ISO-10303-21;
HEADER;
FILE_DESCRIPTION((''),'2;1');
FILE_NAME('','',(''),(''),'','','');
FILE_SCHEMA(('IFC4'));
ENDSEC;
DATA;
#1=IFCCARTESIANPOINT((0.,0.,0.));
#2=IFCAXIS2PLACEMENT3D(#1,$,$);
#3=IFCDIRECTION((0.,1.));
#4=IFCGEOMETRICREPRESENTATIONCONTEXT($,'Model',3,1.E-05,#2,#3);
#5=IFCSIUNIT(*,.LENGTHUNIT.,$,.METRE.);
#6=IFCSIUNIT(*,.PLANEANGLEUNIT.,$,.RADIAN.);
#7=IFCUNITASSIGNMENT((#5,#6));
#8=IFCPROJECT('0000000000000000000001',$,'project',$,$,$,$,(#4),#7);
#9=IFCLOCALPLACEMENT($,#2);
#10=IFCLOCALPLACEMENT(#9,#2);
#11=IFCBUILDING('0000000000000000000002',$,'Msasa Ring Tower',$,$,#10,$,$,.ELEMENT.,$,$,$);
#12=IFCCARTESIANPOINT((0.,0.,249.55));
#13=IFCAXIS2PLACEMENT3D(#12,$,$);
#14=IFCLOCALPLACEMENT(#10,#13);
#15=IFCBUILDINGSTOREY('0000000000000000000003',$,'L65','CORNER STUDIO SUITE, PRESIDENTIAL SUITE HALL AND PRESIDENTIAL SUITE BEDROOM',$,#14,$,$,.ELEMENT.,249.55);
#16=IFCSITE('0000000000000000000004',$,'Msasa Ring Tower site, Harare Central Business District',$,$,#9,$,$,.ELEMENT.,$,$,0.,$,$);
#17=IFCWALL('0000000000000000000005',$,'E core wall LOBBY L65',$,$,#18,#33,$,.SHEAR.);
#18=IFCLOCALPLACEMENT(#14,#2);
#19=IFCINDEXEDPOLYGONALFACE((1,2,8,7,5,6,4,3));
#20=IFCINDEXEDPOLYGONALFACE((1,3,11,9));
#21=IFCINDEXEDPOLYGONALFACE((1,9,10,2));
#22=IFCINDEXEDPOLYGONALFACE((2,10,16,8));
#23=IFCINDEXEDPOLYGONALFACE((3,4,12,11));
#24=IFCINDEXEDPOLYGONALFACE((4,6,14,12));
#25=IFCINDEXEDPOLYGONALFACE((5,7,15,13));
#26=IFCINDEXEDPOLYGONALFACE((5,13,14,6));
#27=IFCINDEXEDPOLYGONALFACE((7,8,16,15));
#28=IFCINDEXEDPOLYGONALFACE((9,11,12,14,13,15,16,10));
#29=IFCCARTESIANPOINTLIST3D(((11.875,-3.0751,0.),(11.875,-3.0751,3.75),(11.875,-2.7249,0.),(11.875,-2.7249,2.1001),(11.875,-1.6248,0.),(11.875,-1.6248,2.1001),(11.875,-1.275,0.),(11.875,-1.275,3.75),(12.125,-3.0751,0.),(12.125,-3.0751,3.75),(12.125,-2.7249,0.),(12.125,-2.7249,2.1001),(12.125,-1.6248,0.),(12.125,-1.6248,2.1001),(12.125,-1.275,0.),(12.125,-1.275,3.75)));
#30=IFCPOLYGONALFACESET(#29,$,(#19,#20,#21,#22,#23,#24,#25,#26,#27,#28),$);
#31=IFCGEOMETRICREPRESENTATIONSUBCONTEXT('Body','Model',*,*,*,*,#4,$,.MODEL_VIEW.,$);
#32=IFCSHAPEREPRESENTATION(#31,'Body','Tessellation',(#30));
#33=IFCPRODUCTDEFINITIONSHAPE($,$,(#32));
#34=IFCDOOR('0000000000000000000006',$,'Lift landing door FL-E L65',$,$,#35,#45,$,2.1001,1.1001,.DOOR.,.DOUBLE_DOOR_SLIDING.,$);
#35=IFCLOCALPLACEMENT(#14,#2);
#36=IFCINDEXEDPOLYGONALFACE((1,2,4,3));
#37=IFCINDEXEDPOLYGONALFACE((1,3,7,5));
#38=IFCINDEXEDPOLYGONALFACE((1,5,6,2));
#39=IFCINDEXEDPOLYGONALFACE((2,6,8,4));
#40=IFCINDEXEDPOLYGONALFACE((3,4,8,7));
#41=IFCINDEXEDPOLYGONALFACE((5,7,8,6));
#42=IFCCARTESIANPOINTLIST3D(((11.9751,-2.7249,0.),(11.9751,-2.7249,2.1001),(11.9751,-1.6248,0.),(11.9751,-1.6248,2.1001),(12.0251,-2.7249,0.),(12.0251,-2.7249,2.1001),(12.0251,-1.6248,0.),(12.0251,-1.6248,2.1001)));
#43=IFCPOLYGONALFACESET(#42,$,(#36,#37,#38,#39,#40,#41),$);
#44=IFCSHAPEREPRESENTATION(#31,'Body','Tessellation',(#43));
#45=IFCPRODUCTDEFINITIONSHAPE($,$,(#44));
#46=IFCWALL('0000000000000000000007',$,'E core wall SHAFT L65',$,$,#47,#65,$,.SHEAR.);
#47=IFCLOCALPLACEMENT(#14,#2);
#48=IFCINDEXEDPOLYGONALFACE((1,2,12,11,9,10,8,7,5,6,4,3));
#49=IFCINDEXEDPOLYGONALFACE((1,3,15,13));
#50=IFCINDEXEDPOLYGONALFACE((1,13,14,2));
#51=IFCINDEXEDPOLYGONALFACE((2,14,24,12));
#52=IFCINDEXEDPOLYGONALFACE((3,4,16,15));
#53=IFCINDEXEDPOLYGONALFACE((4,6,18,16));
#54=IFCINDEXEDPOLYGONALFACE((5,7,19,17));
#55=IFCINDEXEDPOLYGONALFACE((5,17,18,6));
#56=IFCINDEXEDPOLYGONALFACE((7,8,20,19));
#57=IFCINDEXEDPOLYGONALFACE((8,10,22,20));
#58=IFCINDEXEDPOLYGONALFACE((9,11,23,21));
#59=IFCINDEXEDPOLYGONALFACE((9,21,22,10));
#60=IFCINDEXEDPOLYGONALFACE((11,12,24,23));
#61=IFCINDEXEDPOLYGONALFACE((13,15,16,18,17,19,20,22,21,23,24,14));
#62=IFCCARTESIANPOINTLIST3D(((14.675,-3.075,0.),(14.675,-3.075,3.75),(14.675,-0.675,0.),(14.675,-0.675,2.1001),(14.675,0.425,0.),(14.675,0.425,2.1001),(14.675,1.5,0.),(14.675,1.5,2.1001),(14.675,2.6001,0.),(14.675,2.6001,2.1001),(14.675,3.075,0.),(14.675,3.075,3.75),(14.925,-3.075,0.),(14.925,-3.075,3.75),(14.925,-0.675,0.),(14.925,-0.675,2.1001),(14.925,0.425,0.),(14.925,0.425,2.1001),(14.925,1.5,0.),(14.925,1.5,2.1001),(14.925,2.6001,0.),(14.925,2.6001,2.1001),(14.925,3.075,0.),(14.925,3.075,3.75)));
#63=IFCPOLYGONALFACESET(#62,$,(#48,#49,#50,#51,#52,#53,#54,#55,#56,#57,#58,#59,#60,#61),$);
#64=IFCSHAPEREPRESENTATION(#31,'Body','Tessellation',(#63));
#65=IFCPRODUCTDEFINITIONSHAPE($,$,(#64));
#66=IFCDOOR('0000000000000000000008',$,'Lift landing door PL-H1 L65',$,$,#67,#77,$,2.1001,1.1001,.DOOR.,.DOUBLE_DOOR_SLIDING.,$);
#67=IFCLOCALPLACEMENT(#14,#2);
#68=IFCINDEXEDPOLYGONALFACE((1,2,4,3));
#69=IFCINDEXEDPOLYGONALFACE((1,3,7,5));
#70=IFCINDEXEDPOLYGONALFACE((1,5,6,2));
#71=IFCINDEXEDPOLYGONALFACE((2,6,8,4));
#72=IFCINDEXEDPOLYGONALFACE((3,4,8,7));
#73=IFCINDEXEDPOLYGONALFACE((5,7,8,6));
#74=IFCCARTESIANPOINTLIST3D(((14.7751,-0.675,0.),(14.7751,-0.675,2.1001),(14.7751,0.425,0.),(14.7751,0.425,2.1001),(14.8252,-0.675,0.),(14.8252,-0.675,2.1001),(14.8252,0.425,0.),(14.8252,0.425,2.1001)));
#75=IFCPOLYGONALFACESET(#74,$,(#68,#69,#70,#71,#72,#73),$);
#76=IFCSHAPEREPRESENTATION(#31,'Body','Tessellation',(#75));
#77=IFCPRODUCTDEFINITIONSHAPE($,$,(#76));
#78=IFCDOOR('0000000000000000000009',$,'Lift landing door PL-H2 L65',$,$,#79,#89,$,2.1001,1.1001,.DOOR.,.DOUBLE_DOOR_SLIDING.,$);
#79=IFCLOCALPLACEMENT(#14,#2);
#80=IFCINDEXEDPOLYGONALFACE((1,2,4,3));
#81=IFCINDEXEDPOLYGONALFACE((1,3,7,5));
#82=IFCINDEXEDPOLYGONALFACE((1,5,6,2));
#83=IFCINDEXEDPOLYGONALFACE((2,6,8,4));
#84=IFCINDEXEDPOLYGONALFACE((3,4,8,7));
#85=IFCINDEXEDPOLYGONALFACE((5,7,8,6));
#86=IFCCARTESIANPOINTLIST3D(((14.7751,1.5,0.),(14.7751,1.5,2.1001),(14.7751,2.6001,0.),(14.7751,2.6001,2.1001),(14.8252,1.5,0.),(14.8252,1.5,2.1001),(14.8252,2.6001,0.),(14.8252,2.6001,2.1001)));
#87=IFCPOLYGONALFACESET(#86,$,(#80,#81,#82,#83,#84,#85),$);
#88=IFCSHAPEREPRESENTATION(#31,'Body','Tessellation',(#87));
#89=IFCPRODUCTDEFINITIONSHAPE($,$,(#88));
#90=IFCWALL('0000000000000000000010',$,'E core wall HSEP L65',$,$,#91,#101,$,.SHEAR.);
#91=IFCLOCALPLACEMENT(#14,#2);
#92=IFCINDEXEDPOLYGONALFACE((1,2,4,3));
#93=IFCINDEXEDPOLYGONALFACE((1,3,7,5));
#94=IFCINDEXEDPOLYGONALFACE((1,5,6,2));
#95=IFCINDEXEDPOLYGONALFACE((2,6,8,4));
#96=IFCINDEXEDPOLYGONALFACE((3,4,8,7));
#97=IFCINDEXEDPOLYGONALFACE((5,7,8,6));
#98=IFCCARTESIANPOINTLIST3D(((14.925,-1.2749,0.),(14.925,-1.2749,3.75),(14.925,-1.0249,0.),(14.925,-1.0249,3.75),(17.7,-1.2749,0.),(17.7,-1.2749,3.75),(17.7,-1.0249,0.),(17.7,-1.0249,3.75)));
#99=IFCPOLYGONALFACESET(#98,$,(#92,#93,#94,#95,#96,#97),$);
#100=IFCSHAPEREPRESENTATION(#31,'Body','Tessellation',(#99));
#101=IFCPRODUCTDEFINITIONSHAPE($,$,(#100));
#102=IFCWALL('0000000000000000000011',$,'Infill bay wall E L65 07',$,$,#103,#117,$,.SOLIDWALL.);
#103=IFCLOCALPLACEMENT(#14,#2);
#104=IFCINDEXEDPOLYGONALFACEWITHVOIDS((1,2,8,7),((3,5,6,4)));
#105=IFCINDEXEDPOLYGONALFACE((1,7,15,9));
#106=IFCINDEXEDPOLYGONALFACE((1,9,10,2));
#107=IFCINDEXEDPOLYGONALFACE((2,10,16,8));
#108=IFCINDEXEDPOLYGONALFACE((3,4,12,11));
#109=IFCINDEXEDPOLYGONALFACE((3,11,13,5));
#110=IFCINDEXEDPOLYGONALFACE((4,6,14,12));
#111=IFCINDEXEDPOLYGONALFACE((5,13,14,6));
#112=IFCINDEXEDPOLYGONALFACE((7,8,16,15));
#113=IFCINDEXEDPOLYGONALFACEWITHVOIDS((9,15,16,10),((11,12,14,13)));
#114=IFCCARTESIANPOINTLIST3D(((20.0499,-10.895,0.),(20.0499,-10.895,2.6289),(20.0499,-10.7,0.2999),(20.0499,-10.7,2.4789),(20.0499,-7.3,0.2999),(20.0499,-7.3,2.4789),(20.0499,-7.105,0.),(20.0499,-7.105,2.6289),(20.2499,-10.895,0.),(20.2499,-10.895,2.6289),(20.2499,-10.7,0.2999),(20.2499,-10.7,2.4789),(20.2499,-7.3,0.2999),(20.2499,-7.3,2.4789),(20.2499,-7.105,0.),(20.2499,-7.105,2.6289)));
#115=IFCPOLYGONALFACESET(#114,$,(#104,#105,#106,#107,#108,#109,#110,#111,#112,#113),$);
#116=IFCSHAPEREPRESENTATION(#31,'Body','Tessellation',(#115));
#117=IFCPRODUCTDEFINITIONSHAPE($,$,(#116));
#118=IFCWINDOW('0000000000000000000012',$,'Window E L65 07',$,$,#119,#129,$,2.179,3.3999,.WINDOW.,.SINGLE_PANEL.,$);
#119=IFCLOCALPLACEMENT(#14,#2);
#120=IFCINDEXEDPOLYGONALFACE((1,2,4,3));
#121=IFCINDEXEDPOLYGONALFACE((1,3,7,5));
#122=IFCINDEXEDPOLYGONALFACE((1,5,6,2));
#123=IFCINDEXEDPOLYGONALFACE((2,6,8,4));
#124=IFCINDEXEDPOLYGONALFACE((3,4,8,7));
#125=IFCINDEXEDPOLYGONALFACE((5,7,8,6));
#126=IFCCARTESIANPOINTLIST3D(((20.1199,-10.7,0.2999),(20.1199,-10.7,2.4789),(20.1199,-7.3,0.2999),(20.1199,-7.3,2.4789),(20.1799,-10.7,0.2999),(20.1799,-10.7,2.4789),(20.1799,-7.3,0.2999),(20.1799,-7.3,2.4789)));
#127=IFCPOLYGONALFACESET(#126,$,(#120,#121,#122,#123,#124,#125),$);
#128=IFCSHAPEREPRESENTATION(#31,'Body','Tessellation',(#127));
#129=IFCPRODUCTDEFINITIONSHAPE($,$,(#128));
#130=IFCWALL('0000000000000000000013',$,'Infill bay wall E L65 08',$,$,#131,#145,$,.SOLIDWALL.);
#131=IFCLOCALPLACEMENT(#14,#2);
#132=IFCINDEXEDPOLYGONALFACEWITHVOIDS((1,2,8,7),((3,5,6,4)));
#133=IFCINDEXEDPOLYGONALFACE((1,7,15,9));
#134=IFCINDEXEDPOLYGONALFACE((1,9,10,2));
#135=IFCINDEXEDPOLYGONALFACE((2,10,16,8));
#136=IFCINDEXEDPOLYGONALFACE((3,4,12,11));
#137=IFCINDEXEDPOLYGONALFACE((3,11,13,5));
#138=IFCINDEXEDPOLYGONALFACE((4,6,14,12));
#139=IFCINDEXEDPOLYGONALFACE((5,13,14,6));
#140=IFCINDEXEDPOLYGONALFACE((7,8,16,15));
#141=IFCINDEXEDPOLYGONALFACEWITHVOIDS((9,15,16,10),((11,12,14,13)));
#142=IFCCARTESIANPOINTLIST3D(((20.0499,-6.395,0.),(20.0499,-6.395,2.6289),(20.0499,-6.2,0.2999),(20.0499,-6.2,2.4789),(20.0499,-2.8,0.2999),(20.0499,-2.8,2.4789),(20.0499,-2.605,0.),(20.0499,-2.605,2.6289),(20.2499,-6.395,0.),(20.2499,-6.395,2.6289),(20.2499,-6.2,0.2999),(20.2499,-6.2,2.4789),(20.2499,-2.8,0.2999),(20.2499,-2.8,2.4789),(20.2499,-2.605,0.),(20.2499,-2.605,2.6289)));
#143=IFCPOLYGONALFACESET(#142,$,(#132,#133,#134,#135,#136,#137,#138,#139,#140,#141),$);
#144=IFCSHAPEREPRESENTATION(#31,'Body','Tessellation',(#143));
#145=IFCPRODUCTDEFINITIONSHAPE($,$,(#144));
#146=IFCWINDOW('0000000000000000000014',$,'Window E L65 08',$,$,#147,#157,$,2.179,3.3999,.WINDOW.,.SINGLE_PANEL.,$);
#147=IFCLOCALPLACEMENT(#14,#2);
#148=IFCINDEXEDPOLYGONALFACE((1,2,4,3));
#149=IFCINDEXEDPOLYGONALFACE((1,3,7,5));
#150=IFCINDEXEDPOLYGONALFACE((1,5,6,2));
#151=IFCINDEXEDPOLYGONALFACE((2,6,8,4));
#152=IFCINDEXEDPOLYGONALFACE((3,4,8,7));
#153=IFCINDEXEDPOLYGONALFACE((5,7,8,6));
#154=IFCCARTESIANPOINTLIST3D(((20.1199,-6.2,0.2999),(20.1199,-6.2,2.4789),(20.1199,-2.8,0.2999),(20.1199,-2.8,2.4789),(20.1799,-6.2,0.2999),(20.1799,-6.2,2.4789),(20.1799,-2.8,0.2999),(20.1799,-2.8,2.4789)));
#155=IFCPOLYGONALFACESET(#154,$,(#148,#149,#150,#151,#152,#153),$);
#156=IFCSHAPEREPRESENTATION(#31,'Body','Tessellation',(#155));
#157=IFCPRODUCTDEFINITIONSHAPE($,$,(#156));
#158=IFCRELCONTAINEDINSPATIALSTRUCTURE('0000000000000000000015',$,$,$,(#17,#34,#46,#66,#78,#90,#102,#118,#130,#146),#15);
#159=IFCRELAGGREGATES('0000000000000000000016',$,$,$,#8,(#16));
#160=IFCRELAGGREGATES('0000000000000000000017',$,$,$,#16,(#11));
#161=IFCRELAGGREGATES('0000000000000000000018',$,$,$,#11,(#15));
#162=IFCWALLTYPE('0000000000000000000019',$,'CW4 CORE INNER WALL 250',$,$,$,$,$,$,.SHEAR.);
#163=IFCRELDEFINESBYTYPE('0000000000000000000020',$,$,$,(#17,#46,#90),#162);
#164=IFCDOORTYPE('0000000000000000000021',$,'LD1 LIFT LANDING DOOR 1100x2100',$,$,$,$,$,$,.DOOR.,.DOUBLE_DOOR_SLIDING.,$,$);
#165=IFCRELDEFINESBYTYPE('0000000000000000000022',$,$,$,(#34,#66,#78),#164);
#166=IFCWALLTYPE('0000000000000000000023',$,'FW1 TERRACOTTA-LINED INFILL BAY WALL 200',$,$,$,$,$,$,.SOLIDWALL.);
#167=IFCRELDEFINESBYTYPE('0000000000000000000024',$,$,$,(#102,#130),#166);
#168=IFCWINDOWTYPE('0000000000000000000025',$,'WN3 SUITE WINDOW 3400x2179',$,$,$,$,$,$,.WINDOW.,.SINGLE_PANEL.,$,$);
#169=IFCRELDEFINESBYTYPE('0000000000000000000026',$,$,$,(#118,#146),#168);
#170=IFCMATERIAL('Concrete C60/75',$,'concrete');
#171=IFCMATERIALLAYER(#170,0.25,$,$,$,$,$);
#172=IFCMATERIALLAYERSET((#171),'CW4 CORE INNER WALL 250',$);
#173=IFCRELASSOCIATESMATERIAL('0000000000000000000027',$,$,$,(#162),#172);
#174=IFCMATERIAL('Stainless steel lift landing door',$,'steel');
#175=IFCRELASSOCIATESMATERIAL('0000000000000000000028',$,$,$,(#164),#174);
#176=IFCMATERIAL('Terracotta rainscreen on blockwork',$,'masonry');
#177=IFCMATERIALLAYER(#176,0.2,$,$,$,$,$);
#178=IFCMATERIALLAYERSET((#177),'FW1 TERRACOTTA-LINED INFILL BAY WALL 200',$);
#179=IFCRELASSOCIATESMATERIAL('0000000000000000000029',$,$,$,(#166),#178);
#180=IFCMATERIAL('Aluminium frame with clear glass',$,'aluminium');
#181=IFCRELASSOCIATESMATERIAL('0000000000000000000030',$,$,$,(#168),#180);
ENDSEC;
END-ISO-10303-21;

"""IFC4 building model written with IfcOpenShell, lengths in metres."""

from ifc_helpers import new_model, si_unit, direction, frame, frame_2d, origin, place, context, subcontext, project, spatial, rectangle, extrude, material, layer, layer_set, type_object, element, fill, save


model = new_model("IFC4")

# Units and contexts
model_context = context("Model", 3, precision=1e-05, world=origin(), true_north=direction((0.0, 1.0)))
body_context = subcontext(model_context, "Body", "Model", "MODEL_VIEW")
ifc_project = project(units=[si_unit("LENGTHUNIT", "METRE"), si_unit("PLANEANGLEUNIT", "RADIAN")], contexts=[model_context])

# Site, building, storey
site_placement = place(None, origin())
site = spatial("IfcSite", under=ifc_project, at=site_placement, Name="Msasa Ring Tower site, Harare Central Business District", CompositionType="ELEMENT", RefElevation=0.0)
building_placement = place(site_placement, origin())
building = spatial("IfcBuilding", under=site, at=building_placement, Name="Msasa Ring Tower", CompositionType="ELEMENT")
storey_placement = place(building_placement, frame((0.0, 0.0, 249.55)))
storey = spatial("IfcBuildingStorey", under=building, at=storey_placement, Name="L65", Description="CORNER STUDIO SUITE, PRESIDENTIAL SUITE HALL AND PRESIDENTIAL SUITE BEDROOM", CompositionType="ELEMENT", Elevation=249.55)

# Shared definitions
ifc_material_1 = material(Name="Concrete C60/75", Category="concrete")
ifc_layer_1 = layer(ifc_material_1, 0.25)
ifc_layer_set_1 = layer_set([ifc_layer_1], Name="CW4 CORE INNER WALL 250")
wall_type_1 = type_object("IfcWallType", Name="CW4 CORE INNER WALL 250", PredefinedType="SHEAR", material=ifc_layer_set_1)

# Wall, opening, door
wall_1_placement = place(storey_placement, frame((12.0, -3.075, 0.0), z_axis=(0.0, 0.0, 1.0), x_axis=(0.0, 1.0, 0.0)))
wall_1 = element("IfcWall", 1, at=wall_1_placement, inside=storey, type_object=wall_type_1, Name="E core wall LOBBY L65", PredefinedType="SHEAR", context=body_context, shape_type="SweptSolid", body=[
    extrude(rectangle(XDim=1.8, YDim=0.25, at=frame_2d((0.8999, 0.0))), origin(), (0.0, 0.0, 1.0), 3.75),
])
opening_1_placement = place(wall_1_placement, frame((0.3501, 0.0, 0.0)))
opening_1 = element("IfcOpeningElement", 2, at=opening_1_placement, cuts=wall_1, PredefinedType="OPENING", context=body_context, shape_type="SweptSolid", body=[
    extrude(rectangle(XDim=1.1001, YDim=2.1001, at=frame_2d((0.55, 1.05))), frame((0.0, 0.135, 0.0), z_axis=(0.0, -1.0, 0.0), x_axis=(1.0, 0.0, 0.0)), (0.0, 0.0, 1.0), 0.27),
])
ifc_material_2 = material(Name="Stainless steel lift landing door", Category="steel")
door_type_1 = type_object("IfcDoorType", Name="LD1 LIFT LANDING DOOR 1100x2100", OperationType="DOUBLE_DOOR_SLIDING", PredefinedType="DOOR", material=ifc_material_2)
door_1_placement = place(opening_1_placement, origin())
door_1 = element("IfcDoor", 3, at=door_1_placement, inside=storey, type_object=door_type_1, Name="Lift landing door FL-E L65", OperationType="DOUBLE_DOOR_SLIDING", OverallHeight=2.1001, OverallWidth=1.1001, PredefinedType="DOOR", context=body_context, shape_type="SweptSolid", body=[
    extrude(rectangle(XDim=1.1001, YDim=2.1001, at=frame_2d((0.55, 1.05))), frame((0.0, 0.0249, 0.0), z_axis=(0.0, -1.0, 0.0), x_axis=(1.0, 0.0, 0.0)), (0.0, 0.0, 1.0), 0.05),
])
fill(opening_1, door_1)

# Wall, openings, doors
wall_2_placement = place(storey_placement, frame((14.8, -3.075, 0.0), z_axis=(0.0, 0.0, 1.0), x_axis=(0.0, 1.0, 0.0)))
wall_2 = element("IfcWall", 4, at=wall_2_placement, inside=storey, type_object=wall_type_1, Name="E core wall SHAFT L65", PredefinedType="SHEAR", context=body_context, shape_type="SweptSolid", body=[
    extrude(rectangle(XDim=6.1499, YDim=0.25, at=frame_2d((3.075, 0.0))), origin(), (0.0, 0.0, 1.0), 3.75),
])
opening_2_placement = place(wall_2_placement, frame((2.3999, 0.0, 0.0)))
opening_2 = element("IfcOpeningElement", 5, at=opening_2_placement, cuts=wall_2, PredefinedType="OPENING", context=body_context, shape_type="SweptSolid", body=[
    extrude(rectangle(XDim=1.1001, YDim=2.1001, at=frame_2d((0.55, 1.05))), frame((0.0, 0.135, 0.0), z_axis=(0.0, -1.0, 0.0), x_axis=(1.0, 0.0, 0.0)), (0.0, 0.0, 1.0), 0.27),
])
opening_3_placement = place(wall_2_placement, frame((4.575, 0.0, 0.0)))
opening_3 = element("IfcOpeningElement", 6, at=opening_3_placement, cuts=wall_2, PredefinedType="OPENING", context=body_context, shape_type="SweptSolid", body=[
    extrude(rectangle(XDim=1.1001, YDim=2.1001, at=frame_2d((0.55, 1.05))), frame((0.0, 0.135, 0.0), z_axis=(0.0, -1.0, 0.0), x_axis=(1.0, 0.0, 0.0)), (0.0, 0.0, 1.0), 0.27),
])
door_2_placement = place(opening_2_placement, origin())
door_2 = element("IfcDoor", 7, at=door_2_placement, inside=storey, type_object=door_type_1, Name="Lift landing door PL-H1 L65", OperationType="DOUBLE_DOOR_SLIDING", OverallHeight=2.1001, OverallWidth=1.1001, PredefinedType="DOOR", context=body_context, shape_type="SweptSolid", body=[
    extrude(rectangle(XDim=1.1001, YDim=2.1001, at=frame_2d((0.55, 1.05))), frame((0.0, 0.0249, 0.0), z_axis=(0.0, -1.0, 0.0), x_axis=(1.0, 0.0, 0.0)), (0.0, 0.0, 1.0), 0.05),
])
fill(opening_2, door_2)
door_3_placement = place(opening_3_placement, origin())
door_3 = element("IfcDoor", 8, at=door_3_placement, inside=storey, type_object=door_type_1, Name="Lift landing door PL-H2 L65", OperationType="DOUBLE_DOOR_SLIDING", OverallHeight=2.1001, OverallWidth=1.1001, PredefinedType="DOOR", context=body_context, shape_type="SweptSolid", body=[
    extrude(rectangle(XDim=1.1001, YDim=2.1001, at=frame_2d((0.55, 1.05))), frame((0.0, 0.0249, 0.0), z_axis=(0.0, -1.0, 0.0), x_axis=(1.0, 0.0, 0.0)), (0.0, 0.0, 1.0), 0.05),
])
fill(opening_3, door_3)

# Wall
wall_3_placement = place(storey_placement, frame((14.925, -1.1499, 0.0), z_axis=(0.0, 0.0, 1.0), x_axis=(1.0, 0.0, 0.0)))
element("IfcWall", 9, at=wall_3_placement, inside=storey, type_object=wall_type_1, Name="E core wall HSEP L65", PredefinedType="SHEAR", context=body_context, shape_type="SweptSolid", body=[
    extrude(rectangle(XDim=2.7749, YDim=0.25, at=frame_2d((1.3875, 0.0))), origin(), (0.0, 0.0, 1.0), 3.75),
])

# Walls, openings, windows
ifc_material_3 = material(Name="Terracotta rainscreen on blockwork", Category="masonry")
ifc_layer_2 = layer(ifc_material_3, 0.2)
ifc_layer_set_2 = layer_set([ifc_layer_2], Name="FW1 TERRACOTTA-LINED INFILL BAY WALL 200")
wall_type_2 = type_object("IfcWallType", Name="FW1 TERRACOTTA-LINED INFILL BAY WALL 200", PredefinedType="SOLIDWALL", material=ifc_layer_set_2)
wall_4_placement = place(storey_placement, frame((20.1499, -10.895, 0.0), z_axis=(0.0, 0.0, 1.0), x_axis=(0.0, 1.0, 0.0)))
wall_4 = element("IfcWall", 10, at=wall_4_placement, inside=storey, type_object=wall_type_2, Name="Infill bay wall E L65 07", PredefinedType="SOLIDWALL", context=body_context, shape_type="SweptSolid", body=[
    extrude(rectangle(XDim=3.79, YDim=0.2, at=frame_2d((1.895, 0.0))), origin(), (0.0, 0.0, 1.0), 2.6289),
])
opening_4_placement = place(wall_4_placement, frame((0.1951, 0.0, 0.3)))
opening_4 = element("IfcOpeningElement", 11, at=opening_4_placement, cuts=wall_4, PredefinedType="OPENING", context=body_context, shape_type="SweptSolid", body=[
    extrude(rectangle(XDim=3.3999, YDim=2.179, at=frame_2d((1.7, 1.0894))), frame((0.0, 0.1099, 0.0), z_axis=(0.0, -1.0, 0.0), x_axis=(1.0, 0.0, 0.0)), (0.0, 0.0, 1.0), 0.22),
])
ifc_material_4 = material(Name="Aluminium frame with clear glass", Category="aluminium")
window_type = type_object("IfcWindowType", Name="WN3 SUITE WINDOW 3400x2179", PartitioningType="SINGLE_PANEL", PredefinedType="WINDOW", material=ifc_material_4)
window_1_placement = place(opening_4_placement, origin())
window_1 = element("IfcWindow", 12, at=window_1_placement, inside=storey, type_object=window_type, Name="Window E L65 07", OverallHeight=2.179, OverallWidth=3.3999, PartitioningType="SINGLE_PANEL", PredefinedType="WINDOW", context=body_context, shape_type="SweptSolid", body=[
    extrude(rectangle(XDim=3.3999, YDim=2.179, at=frame_2d((1.7, 1.0894))), frame((0.0, 0.03, 0.0), z_axis=(0.0, -1.0, 0.0), x_axis=(1.0, 0.0, 0.0)), (0.0, 0.0, 1.0), 0.0601),
])
fill(opening_4, window_1)
wall_5_placement = place(storey_placement, frame((20.1499, -6.395, 0.0), z_axis=(0.0, 0.0, 1.0), x_axis=(0.0, 1.0, 0.0)))
wall_5 = element("IfcWall", 13, at=wall_5_placement, inside=storey, type_object=wall_type_2, Name="Infill bay wall E L65 08", PredefinedType="SOLIDWALL", context=body_context, shape_type="SweptSolid", body=[
    extrude(rectangle(XDim=3.79, YDim=0.2, at=frame_2d((1.895, 0.0))), origin(), (0.0, 0.0, 1.0), 2.6289),
])
opening_5_placement = place(wall_5_placement, frame((0.1951, 0.0, 0.3)))
opening_5 = element("IfcOpeningElement", 14, at=opening_5_placement, cuts=wall_5, PredefinedType="OPENING", context=body_context, shape_type="SweptSolid", body=[
    extrude(rectangle(XDim=3.3999, YDim=2.179, at=frame_2d((1.7, 1.0894))), frame((0.0, 0.1099, 0.0), z_axis=(0.0, -1.0, 0.0), x_axis=(1.0, 0.0, 0.0)), (0.0, 0.0, 1.0), 0.22),
])
window_2_placement = place(opening_5_placement, origin())
window_2 = element("IfcWindow", 15, at=window_2_placement, inside=storey, type_object=window_type, Name="Window E L65 08", OverallHeight=2.179, OverallWidth=3.3999, PartitioningType="SINGLE_PANEL", PredefinedType="WINDOW", context=body_context, shape_type="SweptSolid", body=[
    extrude(rectangle(XDim=3.3999, YDim=2.179, at=frame_2d((1.7, 1.0894))), frame((0.0, 0.03, 0.0), z_axis=(0.0, -1.0, 0.0), x_axis=(1.0, 0.0, 0.0)), (0.0, 0.0, 1.0), 0.0601),
])
fill(opening_5, window_2)

save(model, "model.ifc")
